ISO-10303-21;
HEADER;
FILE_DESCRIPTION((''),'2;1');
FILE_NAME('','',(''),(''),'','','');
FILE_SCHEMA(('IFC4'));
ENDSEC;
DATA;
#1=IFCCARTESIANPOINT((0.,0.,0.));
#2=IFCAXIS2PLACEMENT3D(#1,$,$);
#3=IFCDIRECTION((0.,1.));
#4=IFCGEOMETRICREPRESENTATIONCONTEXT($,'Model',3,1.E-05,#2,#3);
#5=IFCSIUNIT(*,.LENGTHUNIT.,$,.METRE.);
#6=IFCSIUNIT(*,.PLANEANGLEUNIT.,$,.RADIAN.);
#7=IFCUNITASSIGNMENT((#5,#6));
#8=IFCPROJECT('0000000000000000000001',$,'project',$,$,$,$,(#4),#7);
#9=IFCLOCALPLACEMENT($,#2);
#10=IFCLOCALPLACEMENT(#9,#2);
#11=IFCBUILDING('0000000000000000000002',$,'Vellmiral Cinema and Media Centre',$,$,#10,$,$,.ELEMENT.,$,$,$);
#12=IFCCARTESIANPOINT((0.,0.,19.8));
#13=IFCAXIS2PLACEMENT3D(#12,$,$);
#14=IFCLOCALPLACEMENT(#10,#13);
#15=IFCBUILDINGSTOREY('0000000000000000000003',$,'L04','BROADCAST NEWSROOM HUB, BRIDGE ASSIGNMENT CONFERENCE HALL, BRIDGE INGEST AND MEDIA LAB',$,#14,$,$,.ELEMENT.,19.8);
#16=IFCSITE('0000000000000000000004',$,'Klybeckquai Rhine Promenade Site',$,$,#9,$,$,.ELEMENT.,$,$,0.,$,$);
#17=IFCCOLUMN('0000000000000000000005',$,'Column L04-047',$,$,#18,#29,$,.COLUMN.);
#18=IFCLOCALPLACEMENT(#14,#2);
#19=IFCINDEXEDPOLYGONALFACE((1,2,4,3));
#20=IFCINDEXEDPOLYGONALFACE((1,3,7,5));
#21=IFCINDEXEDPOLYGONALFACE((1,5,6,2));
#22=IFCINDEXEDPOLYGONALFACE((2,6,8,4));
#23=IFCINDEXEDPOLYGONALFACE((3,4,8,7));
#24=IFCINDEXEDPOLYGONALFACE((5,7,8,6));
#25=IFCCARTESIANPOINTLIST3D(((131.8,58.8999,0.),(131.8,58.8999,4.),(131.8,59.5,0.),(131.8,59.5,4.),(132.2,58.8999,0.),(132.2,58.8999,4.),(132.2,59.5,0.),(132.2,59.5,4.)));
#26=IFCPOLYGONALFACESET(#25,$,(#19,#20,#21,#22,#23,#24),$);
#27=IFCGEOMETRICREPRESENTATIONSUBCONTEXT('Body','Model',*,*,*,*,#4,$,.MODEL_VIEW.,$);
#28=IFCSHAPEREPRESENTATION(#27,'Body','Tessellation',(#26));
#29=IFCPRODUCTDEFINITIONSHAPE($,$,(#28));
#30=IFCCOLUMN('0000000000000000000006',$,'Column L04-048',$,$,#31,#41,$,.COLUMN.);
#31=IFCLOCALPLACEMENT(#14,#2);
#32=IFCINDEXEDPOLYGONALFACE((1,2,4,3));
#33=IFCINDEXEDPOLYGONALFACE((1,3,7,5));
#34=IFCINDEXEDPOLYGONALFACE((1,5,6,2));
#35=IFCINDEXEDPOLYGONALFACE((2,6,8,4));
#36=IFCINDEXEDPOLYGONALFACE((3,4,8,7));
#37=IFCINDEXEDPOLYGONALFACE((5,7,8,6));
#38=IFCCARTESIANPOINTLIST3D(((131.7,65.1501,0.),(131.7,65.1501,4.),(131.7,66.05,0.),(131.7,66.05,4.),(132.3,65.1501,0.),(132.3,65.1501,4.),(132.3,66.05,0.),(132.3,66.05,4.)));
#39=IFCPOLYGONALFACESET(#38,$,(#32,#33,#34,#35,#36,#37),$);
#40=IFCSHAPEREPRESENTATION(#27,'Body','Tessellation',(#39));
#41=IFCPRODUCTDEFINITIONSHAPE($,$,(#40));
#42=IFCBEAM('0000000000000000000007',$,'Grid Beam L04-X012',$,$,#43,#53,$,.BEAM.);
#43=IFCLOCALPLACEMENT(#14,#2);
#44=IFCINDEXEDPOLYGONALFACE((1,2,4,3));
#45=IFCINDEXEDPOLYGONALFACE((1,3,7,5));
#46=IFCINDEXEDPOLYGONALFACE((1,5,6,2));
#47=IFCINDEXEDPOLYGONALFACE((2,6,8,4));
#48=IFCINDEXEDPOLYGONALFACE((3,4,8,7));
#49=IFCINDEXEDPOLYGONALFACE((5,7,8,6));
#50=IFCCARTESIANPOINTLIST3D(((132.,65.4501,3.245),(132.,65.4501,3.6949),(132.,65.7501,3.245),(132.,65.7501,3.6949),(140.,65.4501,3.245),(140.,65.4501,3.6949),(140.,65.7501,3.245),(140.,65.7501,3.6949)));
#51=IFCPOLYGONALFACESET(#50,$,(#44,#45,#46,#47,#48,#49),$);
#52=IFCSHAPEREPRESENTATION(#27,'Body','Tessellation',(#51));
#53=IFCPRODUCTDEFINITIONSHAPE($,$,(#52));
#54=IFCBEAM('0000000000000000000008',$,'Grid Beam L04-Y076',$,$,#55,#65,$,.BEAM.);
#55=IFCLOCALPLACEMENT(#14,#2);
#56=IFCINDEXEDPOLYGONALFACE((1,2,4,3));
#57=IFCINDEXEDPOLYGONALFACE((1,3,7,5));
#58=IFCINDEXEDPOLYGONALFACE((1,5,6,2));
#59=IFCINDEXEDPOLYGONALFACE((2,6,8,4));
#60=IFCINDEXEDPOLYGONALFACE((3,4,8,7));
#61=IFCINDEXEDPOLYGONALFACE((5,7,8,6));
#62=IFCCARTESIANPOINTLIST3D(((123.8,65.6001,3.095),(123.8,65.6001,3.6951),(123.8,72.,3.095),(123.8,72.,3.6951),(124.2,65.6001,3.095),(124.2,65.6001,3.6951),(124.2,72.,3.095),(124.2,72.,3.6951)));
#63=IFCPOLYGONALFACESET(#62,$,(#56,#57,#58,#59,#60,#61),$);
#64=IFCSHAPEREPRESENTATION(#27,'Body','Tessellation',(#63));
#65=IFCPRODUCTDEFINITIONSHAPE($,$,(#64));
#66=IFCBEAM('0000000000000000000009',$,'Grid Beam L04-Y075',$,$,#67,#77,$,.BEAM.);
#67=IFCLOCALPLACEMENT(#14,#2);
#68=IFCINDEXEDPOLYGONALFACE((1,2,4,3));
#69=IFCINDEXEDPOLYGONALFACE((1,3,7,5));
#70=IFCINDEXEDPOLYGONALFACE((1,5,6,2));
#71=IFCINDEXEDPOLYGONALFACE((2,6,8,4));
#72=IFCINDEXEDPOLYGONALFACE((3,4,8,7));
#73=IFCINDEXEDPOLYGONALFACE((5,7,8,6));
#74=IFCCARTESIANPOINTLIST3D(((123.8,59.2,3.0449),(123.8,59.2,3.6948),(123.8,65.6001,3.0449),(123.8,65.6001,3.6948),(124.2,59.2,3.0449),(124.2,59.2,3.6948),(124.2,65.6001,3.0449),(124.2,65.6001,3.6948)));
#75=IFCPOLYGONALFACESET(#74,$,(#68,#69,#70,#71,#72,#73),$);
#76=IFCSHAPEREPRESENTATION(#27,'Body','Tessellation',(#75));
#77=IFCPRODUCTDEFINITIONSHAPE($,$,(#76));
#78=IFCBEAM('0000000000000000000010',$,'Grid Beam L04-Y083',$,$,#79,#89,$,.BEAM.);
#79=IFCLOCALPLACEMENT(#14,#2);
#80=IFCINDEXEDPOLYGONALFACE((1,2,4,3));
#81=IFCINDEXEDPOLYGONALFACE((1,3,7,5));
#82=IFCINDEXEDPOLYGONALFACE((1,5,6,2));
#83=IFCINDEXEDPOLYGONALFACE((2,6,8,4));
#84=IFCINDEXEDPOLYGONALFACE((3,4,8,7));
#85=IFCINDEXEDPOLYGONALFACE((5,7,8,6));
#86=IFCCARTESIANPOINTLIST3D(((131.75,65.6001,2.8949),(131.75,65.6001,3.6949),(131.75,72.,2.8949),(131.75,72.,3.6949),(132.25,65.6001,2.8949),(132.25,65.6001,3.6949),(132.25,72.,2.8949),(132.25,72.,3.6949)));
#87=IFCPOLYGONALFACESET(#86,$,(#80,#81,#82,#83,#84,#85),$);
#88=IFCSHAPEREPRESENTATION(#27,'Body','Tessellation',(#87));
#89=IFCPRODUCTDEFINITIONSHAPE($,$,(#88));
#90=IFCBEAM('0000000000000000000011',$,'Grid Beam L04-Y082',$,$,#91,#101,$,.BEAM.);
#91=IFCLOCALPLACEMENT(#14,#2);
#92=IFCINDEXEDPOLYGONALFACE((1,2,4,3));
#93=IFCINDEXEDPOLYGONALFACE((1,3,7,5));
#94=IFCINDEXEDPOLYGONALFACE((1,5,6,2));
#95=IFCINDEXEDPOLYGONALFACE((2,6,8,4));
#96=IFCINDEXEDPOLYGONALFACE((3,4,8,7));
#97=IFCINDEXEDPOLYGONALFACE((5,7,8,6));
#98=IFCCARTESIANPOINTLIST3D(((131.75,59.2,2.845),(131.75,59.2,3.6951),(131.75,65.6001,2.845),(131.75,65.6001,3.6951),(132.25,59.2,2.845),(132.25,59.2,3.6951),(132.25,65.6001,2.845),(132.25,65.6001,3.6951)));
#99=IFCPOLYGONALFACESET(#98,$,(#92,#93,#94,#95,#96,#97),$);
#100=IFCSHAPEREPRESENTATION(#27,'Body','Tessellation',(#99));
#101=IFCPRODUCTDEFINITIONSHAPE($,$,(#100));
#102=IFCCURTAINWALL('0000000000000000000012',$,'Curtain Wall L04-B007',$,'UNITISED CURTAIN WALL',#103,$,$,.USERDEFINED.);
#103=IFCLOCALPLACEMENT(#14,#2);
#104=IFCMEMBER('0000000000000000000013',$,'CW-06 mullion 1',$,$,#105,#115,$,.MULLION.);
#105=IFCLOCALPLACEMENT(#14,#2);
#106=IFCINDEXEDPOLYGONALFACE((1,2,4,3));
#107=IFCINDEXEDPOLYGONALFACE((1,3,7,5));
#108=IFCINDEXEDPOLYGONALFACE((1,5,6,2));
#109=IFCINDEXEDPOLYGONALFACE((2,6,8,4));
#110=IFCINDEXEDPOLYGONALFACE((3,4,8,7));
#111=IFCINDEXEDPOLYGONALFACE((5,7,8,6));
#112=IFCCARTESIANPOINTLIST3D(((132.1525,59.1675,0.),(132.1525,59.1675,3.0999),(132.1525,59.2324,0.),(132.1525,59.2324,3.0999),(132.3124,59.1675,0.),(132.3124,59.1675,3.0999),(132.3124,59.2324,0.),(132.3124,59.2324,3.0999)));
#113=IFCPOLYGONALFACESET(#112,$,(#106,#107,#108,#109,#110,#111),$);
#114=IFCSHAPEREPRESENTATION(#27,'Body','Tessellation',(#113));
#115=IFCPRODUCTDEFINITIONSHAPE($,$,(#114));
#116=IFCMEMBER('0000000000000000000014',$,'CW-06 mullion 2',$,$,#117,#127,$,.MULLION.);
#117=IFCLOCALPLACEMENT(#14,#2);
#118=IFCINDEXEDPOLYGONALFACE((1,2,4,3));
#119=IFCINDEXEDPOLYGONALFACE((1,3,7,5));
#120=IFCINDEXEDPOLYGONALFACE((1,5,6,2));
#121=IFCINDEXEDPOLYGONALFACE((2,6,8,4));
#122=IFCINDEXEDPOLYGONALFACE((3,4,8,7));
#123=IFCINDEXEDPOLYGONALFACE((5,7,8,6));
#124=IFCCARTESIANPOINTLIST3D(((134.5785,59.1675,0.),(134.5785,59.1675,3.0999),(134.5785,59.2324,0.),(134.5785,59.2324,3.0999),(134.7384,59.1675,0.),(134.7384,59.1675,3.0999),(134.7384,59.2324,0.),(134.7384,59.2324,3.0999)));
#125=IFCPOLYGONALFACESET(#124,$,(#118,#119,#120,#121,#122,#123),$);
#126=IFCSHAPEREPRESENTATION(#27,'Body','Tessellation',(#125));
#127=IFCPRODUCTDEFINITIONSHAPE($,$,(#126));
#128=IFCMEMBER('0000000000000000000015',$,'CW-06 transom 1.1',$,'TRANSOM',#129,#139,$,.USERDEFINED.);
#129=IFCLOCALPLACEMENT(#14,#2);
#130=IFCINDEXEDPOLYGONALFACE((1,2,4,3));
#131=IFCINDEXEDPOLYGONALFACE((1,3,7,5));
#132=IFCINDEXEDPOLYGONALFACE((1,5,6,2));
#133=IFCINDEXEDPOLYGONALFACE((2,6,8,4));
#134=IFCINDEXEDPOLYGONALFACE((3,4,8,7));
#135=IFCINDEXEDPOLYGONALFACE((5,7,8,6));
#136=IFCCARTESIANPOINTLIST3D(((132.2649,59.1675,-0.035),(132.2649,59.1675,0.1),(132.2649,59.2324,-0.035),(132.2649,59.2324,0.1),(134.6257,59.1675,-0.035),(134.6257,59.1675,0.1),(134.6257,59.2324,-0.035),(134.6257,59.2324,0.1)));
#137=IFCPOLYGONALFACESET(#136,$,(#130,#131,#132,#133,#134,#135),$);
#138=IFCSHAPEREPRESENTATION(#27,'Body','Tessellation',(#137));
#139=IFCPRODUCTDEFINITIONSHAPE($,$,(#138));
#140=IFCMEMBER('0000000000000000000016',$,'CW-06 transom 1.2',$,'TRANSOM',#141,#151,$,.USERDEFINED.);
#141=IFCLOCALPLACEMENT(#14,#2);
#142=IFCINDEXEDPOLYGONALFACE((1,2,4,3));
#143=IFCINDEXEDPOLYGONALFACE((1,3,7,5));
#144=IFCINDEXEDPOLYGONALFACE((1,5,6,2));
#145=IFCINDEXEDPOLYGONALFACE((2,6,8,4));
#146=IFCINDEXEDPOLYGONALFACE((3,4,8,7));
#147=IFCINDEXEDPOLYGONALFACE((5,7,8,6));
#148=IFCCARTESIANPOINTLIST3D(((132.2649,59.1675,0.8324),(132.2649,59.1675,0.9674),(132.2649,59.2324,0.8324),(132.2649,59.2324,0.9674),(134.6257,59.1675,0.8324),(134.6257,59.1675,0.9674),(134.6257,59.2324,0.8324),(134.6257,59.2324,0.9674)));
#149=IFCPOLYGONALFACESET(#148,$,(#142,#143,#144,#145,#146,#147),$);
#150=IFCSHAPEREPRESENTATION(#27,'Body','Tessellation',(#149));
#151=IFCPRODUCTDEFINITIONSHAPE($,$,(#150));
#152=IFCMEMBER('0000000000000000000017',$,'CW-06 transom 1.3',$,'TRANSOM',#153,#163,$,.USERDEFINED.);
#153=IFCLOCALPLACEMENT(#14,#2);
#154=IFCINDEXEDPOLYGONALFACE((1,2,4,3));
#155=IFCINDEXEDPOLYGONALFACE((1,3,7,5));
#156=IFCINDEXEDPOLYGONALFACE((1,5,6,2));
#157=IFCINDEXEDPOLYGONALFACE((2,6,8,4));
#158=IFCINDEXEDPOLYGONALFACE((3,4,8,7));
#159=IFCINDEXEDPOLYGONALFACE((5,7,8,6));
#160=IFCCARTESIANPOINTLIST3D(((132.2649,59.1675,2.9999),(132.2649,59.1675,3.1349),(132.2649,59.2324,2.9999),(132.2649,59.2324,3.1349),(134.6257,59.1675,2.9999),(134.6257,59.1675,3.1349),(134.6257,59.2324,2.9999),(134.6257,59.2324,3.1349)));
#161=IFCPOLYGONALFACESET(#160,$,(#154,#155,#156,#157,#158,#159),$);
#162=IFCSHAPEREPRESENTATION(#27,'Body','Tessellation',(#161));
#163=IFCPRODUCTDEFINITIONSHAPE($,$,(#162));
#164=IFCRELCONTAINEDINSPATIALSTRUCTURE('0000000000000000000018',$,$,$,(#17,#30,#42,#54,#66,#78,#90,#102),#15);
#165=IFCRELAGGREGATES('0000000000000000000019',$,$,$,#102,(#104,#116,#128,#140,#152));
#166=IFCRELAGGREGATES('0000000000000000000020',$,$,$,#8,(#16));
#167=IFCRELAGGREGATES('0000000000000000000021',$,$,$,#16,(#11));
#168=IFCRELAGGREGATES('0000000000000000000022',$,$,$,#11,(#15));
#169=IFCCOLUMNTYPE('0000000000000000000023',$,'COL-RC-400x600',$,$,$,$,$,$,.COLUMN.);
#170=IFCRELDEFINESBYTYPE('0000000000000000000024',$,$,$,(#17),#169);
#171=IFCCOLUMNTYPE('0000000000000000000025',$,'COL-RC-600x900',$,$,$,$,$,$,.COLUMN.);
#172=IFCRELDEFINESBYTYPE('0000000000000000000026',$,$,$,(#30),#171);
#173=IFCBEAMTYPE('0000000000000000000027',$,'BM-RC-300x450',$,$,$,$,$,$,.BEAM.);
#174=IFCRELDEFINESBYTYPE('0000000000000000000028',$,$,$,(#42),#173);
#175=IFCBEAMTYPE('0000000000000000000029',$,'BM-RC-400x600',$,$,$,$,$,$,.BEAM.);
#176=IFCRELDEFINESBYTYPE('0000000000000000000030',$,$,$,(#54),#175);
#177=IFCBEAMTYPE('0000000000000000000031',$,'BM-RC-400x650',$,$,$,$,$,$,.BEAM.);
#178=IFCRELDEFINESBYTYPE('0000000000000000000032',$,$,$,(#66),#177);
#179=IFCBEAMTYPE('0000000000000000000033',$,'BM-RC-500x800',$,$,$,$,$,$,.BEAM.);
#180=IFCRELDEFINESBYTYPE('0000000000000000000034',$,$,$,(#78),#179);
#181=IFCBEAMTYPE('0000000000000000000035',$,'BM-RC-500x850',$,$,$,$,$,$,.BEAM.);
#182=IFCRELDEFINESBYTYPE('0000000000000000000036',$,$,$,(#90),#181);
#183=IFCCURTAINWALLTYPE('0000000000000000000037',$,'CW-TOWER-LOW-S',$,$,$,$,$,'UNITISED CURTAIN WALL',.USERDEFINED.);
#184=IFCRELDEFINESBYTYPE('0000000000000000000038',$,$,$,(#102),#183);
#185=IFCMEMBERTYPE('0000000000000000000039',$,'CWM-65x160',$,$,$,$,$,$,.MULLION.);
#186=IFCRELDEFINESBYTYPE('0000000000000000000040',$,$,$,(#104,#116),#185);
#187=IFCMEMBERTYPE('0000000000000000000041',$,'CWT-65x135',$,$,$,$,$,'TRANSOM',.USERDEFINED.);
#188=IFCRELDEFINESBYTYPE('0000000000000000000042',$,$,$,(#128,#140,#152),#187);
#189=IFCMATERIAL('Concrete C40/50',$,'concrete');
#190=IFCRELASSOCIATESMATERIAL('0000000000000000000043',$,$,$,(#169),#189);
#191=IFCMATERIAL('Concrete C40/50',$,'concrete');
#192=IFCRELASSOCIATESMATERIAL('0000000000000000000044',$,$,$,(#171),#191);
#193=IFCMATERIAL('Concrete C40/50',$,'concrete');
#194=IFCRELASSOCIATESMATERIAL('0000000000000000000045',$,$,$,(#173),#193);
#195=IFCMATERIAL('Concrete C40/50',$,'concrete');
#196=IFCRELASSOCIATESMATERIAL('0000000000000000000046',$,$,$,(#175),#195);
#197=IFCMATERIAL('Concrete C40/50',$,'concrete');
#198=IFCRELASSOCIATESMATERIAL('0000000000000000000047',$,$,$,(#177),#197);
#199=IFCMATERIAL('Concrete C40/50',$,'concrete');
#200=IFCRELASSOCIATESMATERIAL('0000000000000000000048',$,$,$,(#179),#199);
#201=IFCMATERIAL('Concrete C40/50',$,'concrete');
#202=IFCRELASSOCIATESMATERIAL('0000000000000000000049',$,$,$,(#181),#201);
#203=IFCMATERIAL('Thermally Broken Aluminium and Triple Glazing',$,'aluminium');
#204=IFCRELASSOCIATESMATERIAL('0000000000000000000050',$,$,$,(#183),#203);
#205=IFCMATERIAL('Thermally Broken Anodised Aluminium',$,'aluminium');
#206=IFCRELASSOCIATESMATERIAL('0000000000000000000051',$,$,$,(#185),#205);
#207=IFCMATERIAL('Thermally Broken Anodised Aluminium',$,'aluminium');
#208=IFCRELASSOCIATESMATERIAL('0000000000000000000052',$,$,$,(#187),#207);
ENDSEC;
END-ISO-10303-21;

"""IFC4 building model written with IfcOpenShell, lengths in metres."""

from ifc_helpers import new_model, si_unit, direction, frame, origin, origin_2d, place, context, subcontext, project, spatial, rectangle, extrude, material, material_profile, profile_set, type_object, element, aggregate, save


model = new_model("IFC4")

# Units and contexts
model_context = context("Model", 3, precision=1e-05, world=origin(), true_north=direction((0.0, 1.0)))
body_context = subcontext(model_context, "Body", "Model", "MODEL_VIEW")
ifc_project = project(units=[si_unit("LENGTHUNIT", "METRE"), si_unit("PLANEANGLEUNIT", "RADIAN")], contexts=[model_context])

# Site, building, storey
site_placement = place(None, origin())
site = spatial("IfcSite", under=ifc_project, at=site_placement, Name="Klybeckquai Rhine Promenade Site", CompositionType="ELEMENT", RefElevation=0.0)
building_placement = place(site_placement, origin())
building = spatial("IfcBuilding", under=site, at=building_placement, Name="Vellmiral Cinema and Media Centre", CompositionType="ELEMENT")
storey_placement = place(building_placement, frame((0.0, 0.0, 19.8)))
storey = spatial("IfcBuildingStorey", under=building, at=storey_placement, Name="L04", Description="BROADCAST NEWSROOM HUB, BRIDGE ASSIGNMENT CONFERENCE HALL, BRIDGE INGEST AND MEDIA LAB", CompositionType="ELEMENT", Elevation=19.8)

# Columns
ifc_material_1 = material(Name="Concrete C40/50", Category="concrete")
ifc_material_profile_1 = material_profile(ifc_material_1, rectangle(XDim=0.3999, YDim=0.6001, at=origin_2d()), Name="RC 400x600")
ifc_profile_set_1 = profile_set([ifc_material_profile_1], Name="Concrete C40/50")
column_type_1 = type_object("IfcColumnType", Name="COL-RC-400x600", PredefinedType="COLUMN", material=ifc_profile_set_1)
column_1_placement = place(storey_placement, frame((132.0, 59.2, 0.0), z_axis=(0.0, 0.0, 1.0), x_axis=(1.0, 0.0, 0.0)))
element("IfcColumn", 1, at=column_1_placement, inside=storey, type_object=column_type_1, Name="Column L04-047", PredefinedType="COLUMN", context=body_context, shape_type="SweptSolid", body=[
    extrude(rectangle(XDim=0.3999, YDim=0.6001, at=origin_2d()), origin(), (0.0, 0.0, 1.0), 4.0),
])
ifc_material_2 = material(Name="Concrete C40/50", Category="concrete")
ifc_material_profile_2 = material_profile(ifc_material_2, rectangle(XDim=0.6001, YDim=0.8999, at=origin_2d()), Name="RC 600x900")
ifc_profile_set_2 = profile_set([ifc_material_profile_2], Name="Concrete C40/50")
column_type_2 = type_object("IfcColumnType", Name="COL-RC-600x900", PredefinedType="COLUMN", material=ifc_profile_set_2)
column_2_placement = place(storey_placement, frame((132.0, 65.6001, 0.0), z_axis=(0.0, 0.0, 1.0), x_axis=(1.0, 0.0, 0.0)))
element("IfcColumn", 2, at=column_2_placement, inside=storey, type_object=column_type_2, Name="Column L04-048", PredefinedType="COLUMN", context=body_context, shape_type="SweptSolid", body=[
    extrude(rectangle(XDim=0.6001, YDim=0.8999, at=origin_2d()), origin(), (0.0, 0.0, 1.0), 4.0),
])

# Beams
ifc_material_3 = material(Name="Concrete C40/50", Category="concrete")
ifc_material_profile_3 = material_profile(ifc_material_3, rectangle(XDim=0.3, YDim=0.45, at=origin_2d()), Name="RC 300x450")
ifc_profile_set_3 = profile_set([ifc_material_profile_3], Name="Concrete C40/50")
beam_type_1 = type_object("IfcBeamType", Name="BM-RC-300x450", PredefinedType="BEAM", material=ifc_profile_set_3)
beam_1_placement = place(storey_placement, frame((132.0, 65.6001, 3.47), z_axis=(1.0, 0.0, 0.0), x_axis=(0.0, 1.0, 0.0)))
element("IfcBeam", 3, at=beam_1_placement, inside=storey, type_object=beam_type_1, Name="Grid Beam L04-X012", PredefinedType="BEAM", context=body_context, shape_type="SweptSolid", body=[
    extrude(rectangle(XDim=0.3, YDim=0.45, at=origin_2d()), origin(), (0.0, 0.0, 1.0), 8.0),
])
ifc_material_4 = material(Name="Concrete C40/50", Category="concrete")
ifc_material_profile_4 = material_profile(ifc_material_4, rectangle(XDim=0.3999, YDim=0.6001, at=origin_2d()), Name="RC 400x600")
ifc_profile_set_4 = profile_set([ifc_material_profile_4], Name="Concrete C40/50")
beam_type_2 = type_object("IfcBeamType", Name="BM-RC-400x600", PredefinedType="BEAM", material=ifc_profile_set_4)
beam_2_placement = place(storey_placement, frame((124.0, 65.6001, 3.395), z_axis=(0.0, 1.0, 0.0), x_axis=(-1.0, 0.0, 0.0)))
element("IfcBeam", 4, at=beam_2_placement, inside=storey, type_object=beam_type_2, Name="Grid Beam L04-Y076", PredefinedType="BEAM", context=body_context, shape_type="SweptSolid", body=[
    extrude(rectangle(XDim=0.3999, YDim=0.6001, at=origin_2d()), origin(), (0.0, 0.0, 1.0), 6.3999),
])
ifc_material_5 = material(Name="Concrete C40/50", Category="concrete")
ifc_material_profile_5 = material_profile(ifc_material_5, rectangle(XDim=0.3999, YDim=0.6499, at=origin_2d()), Name="RC 400x650")
ifc_profile_set_5 = profile_set([ifc_material_profile_5], Name="Concrete C40/50")
beam_type_3 = type_object("IfcBeamType", Name="BM-RC-400x650", PredefinedType="BEAM", material=ifc_profile_set_5)
beam_3_placement = place(storey_placement, frame((124.0, 59.2, 3.3699), z_axis=(0.0, 1.0, 0.0), x_axis=(-1.0, 0.0, 0.0)))
element("IfcBeam", 5, at=beam_3_placement, inside=storey, type_object=beam_type_3, Name="Grid Beam L04-Y075", PredefinedType="BEAM", context=body_context, shape_type="SweptSolid", body=[
    extrude(rectangle(XDim=0.3999, YDim=0.6499, at=origin_2d()), origin(), (0.0, 0.0, 1.0), 6.4001),
])
ifc_material_6 = material(Name="Concrete C40/50", Category="concrete")
ifc_material_profile_6 = material_profile(ifc_material_6, rectangle(XDim=0.5, YDim=0.8, at=origin_2d()), Name="RC 500x800")
ifc_profile_set_6 = profile_set([ifc_material_profile_6], Name="Concrete C40/50")
beam_type_4 = type_object("IfcBeamType", Name="BM-RC-500x800", PredefinedType="BEAM", material=ifc_profile_set_6)
beam_4_placement = place(storey_placement, frame((132.0, 65.6001, 3.2949), z_axis=(0.0, 1.0, 0.0), x_axis=(-1.0, 0.0, 0.0)))
element("IfcBeam", 6, at=beam_4_placement, inside=storey, type_object=beam_type_4, Name="Grid Beam L04-Y083", PredefinedType="BEAM", context=body_context, shape_type="SweptSolid", body=[
    extrude(rectangle(XDim=0.5, YDim=0.8, at=origin_2d()), origin(), (0.0, 0.0, 1.0), 6.3999),
])
ifc_material_7 = material(Name="Concrete C40/50", Category="concrete")
ifc_material_profile_7 = material_profile(ifc_material_7, rectangle(XDim=0.5, YDim=0.8501, at=origin_2d()), Name="RC 500x850")
ifc_profile_set_7 = profile_set([ifc_material_profile_7], Name="Concrete C40/50")
beam_type_5 = type_object("IfcBeamType", Name="BM-RC-500x850", PredefinedType="BEAM", material=ifc_profile_set_7)
beam_5_placement = place(storey_placement, frame((132.0, 59.2, 3.27), z_axis=(0.0, 1.0, 0.0), x_axis=(-1.0, 0.0, 0.0)))
element("IfcBeam", 7, at=beam_5_placement, inside=storey, type_object=beam_type_5, Name="Grid Beam L04-Y082", PredefinedType="BEAM", context=body_context, shape_type="SweptSolid", body=[
    extrude(rectangle(XDim=0.5, YDim=0.8501, at=origin_2d()), origin(), (0.0, 0.0, 1.0), 6.4001),
])

# Curtain wall, members
ifc_material_8 = material(Name="Thermally Broken Aluminium and Triple Glazing", Category="aluminium")
curtain_wall_type = type_object("IfcCurtainWallType", Name="CW-TOWER-LOW-S", ElementType="UNITISED CURTAIN WALL", PredefinedType="USERDEFINED", material=ifc_material_8)
curtain_wall_placement = place(storey_placement, origin())
curtain_wall = element("IfcCurtainWall", 8, at=curtain_wall_placement, inside=storey, type_object=curtain_wall_type, Name="Curtain Wall L04-B007", ObjectType="UNITISED CURTAIN WALL", PredefinedType="USERDEFINED")
ifc_material_9 = material(Name="Thermally Broken Anodised Aluminium", Category="aluminium")
ifc_material_profile_8 = material_profile(ifc_material_9, rectangle(XDim=0.0649, YDim=0.1599, at=origin_2d()), Name="MULL 65x160")
ifc_profile_set_8 = profile_set([ifc_material_profile_8], Name="Thermally Broken Anodised Aluminium")
member_type_1 = type_object("IfcMemberType", Name="CWM-65x160", PredefinedType="MULLION", material=ifc_profile_set_8)
member_1_placement = place(storey_placement, frame((132.2324, 59.2, 0.0), z_axis=(0.0, 0.0, 1.0), x_axis=(0.0, 1.0, 0.0)))
member_1 = element("IfcMember", 9, at=member_1_placement, type_object=member_type_1, Name="CW-06 mullion 1", PredefinedType="MULLION", context=body_context, shape_type="SweptSolid", body=[
    extrude(rectangle(XDim=0.0649, YDim=0.1599, at=origin_2d()), origin(), (0.0, 0.0, 1.0), 3.0999),
])
member_2_placement = place(storey_placement, frame((134.6584, 59.2, 0.0), z_axis=(0.0, 0.0, 1.0), x_axis=(0.0, 1.0, 0.0)))
member_2 = element("IfcMember", 10, at=member_2_placement, type_object=member_type_1, Name="CW-06 mullion 2", PredefinedType="MULLION", context=body_context, shape_type="SweptSolid", body=[
    extrude(rectangle(XDim=0.0649, YDim=0.1599, at=origin_2d()), origin(), (0.0, 0.0, 1.0), 3.0999),
])
ifc_material_10 = material(Name="Thermally Broken Anodised Aluminium", Category="aluminium")
ifc_material_profile_9 = material_profile(ifc_material_10, rectangle(XDim=0.0649, YDim=0.135, at=origin_2d()), Name="MULL 65x135")
ifc_profile_set_9 = profile_set([ifc_material_profile_9], Name="Thermally Broken Anodised Aluminium")
member_type_2 = type_object("IfcMemberType", Name="CWT-65x135", ElementType="TRANSOM", PredefinedType="USERDEFINED", material=ifc_profile_set_9)
member_3_placement = place(storey_placement, frame((132.2649, 59.2, 0.0325), z_axis=(1.0, 0.0, 0.0), x_axis=(0.0, 1.0, 0.0)))
member_3 = element("IfcMember", 11, at=member_3_placement, type_object=member_type_2, Name="CW-06 transom 1.1", ObjectType="TRANSOM", PredefinedType="USERDEFINED", context=body_context, shape_type="SweptSolid", body=[
    extrude(rectangle(XDim=0.0649, YDim=0.135, at=origin_2d()), origin(), (0.0, 0.0, 1.0), 2.3608),
])
member_4_placement = place(storey_placement, frame((132.2649, 59.2, 0.8999), z_axis=(1.0, 0.0, 0.0), x_axis=(0.0, 1.0, 0.0)))
member_4 = element("IfcMember", 12, at=member_4_placement, type_object=member_type_2, Name="CW-06 transom 1.2", ObjectType="TRANSOM", PredefinedType="USERDEFINED", context=body_context, shape_type="SweptSolid", body=[
    extrude(rectangle(XDim=0.0649, YDim=0.135, at=origin_2d()), origin(), (0.0, 0.0, 1.0), 2.3608),
])
member_5_placement = place(storey_placement, frame((132.2649, 59.2, 3.0674), z_axis=(1.0, 0.0, 0.0), x_axis=(0.0, 1.0, 0.0)))
member_5 = element("IfcMember", 13, at=member_5_placement, type_object=member_type_2, Name="CW-06 transom 1.3", ObjectType="TRANSOM", PredefinedType="USERDEFINED", context=body_context, shape_type="SweptSolid", body=[
    extrude(rectangle(XDim=0.0649, YDim=0.135, at=origin_2d()), origin(), (0.0, 0.0, 1.0), 2.3608),
])

aggregate(curtain_wall, [member_1, member_2, member_3, member_4, member_5])

save(model, "model.ifc")
